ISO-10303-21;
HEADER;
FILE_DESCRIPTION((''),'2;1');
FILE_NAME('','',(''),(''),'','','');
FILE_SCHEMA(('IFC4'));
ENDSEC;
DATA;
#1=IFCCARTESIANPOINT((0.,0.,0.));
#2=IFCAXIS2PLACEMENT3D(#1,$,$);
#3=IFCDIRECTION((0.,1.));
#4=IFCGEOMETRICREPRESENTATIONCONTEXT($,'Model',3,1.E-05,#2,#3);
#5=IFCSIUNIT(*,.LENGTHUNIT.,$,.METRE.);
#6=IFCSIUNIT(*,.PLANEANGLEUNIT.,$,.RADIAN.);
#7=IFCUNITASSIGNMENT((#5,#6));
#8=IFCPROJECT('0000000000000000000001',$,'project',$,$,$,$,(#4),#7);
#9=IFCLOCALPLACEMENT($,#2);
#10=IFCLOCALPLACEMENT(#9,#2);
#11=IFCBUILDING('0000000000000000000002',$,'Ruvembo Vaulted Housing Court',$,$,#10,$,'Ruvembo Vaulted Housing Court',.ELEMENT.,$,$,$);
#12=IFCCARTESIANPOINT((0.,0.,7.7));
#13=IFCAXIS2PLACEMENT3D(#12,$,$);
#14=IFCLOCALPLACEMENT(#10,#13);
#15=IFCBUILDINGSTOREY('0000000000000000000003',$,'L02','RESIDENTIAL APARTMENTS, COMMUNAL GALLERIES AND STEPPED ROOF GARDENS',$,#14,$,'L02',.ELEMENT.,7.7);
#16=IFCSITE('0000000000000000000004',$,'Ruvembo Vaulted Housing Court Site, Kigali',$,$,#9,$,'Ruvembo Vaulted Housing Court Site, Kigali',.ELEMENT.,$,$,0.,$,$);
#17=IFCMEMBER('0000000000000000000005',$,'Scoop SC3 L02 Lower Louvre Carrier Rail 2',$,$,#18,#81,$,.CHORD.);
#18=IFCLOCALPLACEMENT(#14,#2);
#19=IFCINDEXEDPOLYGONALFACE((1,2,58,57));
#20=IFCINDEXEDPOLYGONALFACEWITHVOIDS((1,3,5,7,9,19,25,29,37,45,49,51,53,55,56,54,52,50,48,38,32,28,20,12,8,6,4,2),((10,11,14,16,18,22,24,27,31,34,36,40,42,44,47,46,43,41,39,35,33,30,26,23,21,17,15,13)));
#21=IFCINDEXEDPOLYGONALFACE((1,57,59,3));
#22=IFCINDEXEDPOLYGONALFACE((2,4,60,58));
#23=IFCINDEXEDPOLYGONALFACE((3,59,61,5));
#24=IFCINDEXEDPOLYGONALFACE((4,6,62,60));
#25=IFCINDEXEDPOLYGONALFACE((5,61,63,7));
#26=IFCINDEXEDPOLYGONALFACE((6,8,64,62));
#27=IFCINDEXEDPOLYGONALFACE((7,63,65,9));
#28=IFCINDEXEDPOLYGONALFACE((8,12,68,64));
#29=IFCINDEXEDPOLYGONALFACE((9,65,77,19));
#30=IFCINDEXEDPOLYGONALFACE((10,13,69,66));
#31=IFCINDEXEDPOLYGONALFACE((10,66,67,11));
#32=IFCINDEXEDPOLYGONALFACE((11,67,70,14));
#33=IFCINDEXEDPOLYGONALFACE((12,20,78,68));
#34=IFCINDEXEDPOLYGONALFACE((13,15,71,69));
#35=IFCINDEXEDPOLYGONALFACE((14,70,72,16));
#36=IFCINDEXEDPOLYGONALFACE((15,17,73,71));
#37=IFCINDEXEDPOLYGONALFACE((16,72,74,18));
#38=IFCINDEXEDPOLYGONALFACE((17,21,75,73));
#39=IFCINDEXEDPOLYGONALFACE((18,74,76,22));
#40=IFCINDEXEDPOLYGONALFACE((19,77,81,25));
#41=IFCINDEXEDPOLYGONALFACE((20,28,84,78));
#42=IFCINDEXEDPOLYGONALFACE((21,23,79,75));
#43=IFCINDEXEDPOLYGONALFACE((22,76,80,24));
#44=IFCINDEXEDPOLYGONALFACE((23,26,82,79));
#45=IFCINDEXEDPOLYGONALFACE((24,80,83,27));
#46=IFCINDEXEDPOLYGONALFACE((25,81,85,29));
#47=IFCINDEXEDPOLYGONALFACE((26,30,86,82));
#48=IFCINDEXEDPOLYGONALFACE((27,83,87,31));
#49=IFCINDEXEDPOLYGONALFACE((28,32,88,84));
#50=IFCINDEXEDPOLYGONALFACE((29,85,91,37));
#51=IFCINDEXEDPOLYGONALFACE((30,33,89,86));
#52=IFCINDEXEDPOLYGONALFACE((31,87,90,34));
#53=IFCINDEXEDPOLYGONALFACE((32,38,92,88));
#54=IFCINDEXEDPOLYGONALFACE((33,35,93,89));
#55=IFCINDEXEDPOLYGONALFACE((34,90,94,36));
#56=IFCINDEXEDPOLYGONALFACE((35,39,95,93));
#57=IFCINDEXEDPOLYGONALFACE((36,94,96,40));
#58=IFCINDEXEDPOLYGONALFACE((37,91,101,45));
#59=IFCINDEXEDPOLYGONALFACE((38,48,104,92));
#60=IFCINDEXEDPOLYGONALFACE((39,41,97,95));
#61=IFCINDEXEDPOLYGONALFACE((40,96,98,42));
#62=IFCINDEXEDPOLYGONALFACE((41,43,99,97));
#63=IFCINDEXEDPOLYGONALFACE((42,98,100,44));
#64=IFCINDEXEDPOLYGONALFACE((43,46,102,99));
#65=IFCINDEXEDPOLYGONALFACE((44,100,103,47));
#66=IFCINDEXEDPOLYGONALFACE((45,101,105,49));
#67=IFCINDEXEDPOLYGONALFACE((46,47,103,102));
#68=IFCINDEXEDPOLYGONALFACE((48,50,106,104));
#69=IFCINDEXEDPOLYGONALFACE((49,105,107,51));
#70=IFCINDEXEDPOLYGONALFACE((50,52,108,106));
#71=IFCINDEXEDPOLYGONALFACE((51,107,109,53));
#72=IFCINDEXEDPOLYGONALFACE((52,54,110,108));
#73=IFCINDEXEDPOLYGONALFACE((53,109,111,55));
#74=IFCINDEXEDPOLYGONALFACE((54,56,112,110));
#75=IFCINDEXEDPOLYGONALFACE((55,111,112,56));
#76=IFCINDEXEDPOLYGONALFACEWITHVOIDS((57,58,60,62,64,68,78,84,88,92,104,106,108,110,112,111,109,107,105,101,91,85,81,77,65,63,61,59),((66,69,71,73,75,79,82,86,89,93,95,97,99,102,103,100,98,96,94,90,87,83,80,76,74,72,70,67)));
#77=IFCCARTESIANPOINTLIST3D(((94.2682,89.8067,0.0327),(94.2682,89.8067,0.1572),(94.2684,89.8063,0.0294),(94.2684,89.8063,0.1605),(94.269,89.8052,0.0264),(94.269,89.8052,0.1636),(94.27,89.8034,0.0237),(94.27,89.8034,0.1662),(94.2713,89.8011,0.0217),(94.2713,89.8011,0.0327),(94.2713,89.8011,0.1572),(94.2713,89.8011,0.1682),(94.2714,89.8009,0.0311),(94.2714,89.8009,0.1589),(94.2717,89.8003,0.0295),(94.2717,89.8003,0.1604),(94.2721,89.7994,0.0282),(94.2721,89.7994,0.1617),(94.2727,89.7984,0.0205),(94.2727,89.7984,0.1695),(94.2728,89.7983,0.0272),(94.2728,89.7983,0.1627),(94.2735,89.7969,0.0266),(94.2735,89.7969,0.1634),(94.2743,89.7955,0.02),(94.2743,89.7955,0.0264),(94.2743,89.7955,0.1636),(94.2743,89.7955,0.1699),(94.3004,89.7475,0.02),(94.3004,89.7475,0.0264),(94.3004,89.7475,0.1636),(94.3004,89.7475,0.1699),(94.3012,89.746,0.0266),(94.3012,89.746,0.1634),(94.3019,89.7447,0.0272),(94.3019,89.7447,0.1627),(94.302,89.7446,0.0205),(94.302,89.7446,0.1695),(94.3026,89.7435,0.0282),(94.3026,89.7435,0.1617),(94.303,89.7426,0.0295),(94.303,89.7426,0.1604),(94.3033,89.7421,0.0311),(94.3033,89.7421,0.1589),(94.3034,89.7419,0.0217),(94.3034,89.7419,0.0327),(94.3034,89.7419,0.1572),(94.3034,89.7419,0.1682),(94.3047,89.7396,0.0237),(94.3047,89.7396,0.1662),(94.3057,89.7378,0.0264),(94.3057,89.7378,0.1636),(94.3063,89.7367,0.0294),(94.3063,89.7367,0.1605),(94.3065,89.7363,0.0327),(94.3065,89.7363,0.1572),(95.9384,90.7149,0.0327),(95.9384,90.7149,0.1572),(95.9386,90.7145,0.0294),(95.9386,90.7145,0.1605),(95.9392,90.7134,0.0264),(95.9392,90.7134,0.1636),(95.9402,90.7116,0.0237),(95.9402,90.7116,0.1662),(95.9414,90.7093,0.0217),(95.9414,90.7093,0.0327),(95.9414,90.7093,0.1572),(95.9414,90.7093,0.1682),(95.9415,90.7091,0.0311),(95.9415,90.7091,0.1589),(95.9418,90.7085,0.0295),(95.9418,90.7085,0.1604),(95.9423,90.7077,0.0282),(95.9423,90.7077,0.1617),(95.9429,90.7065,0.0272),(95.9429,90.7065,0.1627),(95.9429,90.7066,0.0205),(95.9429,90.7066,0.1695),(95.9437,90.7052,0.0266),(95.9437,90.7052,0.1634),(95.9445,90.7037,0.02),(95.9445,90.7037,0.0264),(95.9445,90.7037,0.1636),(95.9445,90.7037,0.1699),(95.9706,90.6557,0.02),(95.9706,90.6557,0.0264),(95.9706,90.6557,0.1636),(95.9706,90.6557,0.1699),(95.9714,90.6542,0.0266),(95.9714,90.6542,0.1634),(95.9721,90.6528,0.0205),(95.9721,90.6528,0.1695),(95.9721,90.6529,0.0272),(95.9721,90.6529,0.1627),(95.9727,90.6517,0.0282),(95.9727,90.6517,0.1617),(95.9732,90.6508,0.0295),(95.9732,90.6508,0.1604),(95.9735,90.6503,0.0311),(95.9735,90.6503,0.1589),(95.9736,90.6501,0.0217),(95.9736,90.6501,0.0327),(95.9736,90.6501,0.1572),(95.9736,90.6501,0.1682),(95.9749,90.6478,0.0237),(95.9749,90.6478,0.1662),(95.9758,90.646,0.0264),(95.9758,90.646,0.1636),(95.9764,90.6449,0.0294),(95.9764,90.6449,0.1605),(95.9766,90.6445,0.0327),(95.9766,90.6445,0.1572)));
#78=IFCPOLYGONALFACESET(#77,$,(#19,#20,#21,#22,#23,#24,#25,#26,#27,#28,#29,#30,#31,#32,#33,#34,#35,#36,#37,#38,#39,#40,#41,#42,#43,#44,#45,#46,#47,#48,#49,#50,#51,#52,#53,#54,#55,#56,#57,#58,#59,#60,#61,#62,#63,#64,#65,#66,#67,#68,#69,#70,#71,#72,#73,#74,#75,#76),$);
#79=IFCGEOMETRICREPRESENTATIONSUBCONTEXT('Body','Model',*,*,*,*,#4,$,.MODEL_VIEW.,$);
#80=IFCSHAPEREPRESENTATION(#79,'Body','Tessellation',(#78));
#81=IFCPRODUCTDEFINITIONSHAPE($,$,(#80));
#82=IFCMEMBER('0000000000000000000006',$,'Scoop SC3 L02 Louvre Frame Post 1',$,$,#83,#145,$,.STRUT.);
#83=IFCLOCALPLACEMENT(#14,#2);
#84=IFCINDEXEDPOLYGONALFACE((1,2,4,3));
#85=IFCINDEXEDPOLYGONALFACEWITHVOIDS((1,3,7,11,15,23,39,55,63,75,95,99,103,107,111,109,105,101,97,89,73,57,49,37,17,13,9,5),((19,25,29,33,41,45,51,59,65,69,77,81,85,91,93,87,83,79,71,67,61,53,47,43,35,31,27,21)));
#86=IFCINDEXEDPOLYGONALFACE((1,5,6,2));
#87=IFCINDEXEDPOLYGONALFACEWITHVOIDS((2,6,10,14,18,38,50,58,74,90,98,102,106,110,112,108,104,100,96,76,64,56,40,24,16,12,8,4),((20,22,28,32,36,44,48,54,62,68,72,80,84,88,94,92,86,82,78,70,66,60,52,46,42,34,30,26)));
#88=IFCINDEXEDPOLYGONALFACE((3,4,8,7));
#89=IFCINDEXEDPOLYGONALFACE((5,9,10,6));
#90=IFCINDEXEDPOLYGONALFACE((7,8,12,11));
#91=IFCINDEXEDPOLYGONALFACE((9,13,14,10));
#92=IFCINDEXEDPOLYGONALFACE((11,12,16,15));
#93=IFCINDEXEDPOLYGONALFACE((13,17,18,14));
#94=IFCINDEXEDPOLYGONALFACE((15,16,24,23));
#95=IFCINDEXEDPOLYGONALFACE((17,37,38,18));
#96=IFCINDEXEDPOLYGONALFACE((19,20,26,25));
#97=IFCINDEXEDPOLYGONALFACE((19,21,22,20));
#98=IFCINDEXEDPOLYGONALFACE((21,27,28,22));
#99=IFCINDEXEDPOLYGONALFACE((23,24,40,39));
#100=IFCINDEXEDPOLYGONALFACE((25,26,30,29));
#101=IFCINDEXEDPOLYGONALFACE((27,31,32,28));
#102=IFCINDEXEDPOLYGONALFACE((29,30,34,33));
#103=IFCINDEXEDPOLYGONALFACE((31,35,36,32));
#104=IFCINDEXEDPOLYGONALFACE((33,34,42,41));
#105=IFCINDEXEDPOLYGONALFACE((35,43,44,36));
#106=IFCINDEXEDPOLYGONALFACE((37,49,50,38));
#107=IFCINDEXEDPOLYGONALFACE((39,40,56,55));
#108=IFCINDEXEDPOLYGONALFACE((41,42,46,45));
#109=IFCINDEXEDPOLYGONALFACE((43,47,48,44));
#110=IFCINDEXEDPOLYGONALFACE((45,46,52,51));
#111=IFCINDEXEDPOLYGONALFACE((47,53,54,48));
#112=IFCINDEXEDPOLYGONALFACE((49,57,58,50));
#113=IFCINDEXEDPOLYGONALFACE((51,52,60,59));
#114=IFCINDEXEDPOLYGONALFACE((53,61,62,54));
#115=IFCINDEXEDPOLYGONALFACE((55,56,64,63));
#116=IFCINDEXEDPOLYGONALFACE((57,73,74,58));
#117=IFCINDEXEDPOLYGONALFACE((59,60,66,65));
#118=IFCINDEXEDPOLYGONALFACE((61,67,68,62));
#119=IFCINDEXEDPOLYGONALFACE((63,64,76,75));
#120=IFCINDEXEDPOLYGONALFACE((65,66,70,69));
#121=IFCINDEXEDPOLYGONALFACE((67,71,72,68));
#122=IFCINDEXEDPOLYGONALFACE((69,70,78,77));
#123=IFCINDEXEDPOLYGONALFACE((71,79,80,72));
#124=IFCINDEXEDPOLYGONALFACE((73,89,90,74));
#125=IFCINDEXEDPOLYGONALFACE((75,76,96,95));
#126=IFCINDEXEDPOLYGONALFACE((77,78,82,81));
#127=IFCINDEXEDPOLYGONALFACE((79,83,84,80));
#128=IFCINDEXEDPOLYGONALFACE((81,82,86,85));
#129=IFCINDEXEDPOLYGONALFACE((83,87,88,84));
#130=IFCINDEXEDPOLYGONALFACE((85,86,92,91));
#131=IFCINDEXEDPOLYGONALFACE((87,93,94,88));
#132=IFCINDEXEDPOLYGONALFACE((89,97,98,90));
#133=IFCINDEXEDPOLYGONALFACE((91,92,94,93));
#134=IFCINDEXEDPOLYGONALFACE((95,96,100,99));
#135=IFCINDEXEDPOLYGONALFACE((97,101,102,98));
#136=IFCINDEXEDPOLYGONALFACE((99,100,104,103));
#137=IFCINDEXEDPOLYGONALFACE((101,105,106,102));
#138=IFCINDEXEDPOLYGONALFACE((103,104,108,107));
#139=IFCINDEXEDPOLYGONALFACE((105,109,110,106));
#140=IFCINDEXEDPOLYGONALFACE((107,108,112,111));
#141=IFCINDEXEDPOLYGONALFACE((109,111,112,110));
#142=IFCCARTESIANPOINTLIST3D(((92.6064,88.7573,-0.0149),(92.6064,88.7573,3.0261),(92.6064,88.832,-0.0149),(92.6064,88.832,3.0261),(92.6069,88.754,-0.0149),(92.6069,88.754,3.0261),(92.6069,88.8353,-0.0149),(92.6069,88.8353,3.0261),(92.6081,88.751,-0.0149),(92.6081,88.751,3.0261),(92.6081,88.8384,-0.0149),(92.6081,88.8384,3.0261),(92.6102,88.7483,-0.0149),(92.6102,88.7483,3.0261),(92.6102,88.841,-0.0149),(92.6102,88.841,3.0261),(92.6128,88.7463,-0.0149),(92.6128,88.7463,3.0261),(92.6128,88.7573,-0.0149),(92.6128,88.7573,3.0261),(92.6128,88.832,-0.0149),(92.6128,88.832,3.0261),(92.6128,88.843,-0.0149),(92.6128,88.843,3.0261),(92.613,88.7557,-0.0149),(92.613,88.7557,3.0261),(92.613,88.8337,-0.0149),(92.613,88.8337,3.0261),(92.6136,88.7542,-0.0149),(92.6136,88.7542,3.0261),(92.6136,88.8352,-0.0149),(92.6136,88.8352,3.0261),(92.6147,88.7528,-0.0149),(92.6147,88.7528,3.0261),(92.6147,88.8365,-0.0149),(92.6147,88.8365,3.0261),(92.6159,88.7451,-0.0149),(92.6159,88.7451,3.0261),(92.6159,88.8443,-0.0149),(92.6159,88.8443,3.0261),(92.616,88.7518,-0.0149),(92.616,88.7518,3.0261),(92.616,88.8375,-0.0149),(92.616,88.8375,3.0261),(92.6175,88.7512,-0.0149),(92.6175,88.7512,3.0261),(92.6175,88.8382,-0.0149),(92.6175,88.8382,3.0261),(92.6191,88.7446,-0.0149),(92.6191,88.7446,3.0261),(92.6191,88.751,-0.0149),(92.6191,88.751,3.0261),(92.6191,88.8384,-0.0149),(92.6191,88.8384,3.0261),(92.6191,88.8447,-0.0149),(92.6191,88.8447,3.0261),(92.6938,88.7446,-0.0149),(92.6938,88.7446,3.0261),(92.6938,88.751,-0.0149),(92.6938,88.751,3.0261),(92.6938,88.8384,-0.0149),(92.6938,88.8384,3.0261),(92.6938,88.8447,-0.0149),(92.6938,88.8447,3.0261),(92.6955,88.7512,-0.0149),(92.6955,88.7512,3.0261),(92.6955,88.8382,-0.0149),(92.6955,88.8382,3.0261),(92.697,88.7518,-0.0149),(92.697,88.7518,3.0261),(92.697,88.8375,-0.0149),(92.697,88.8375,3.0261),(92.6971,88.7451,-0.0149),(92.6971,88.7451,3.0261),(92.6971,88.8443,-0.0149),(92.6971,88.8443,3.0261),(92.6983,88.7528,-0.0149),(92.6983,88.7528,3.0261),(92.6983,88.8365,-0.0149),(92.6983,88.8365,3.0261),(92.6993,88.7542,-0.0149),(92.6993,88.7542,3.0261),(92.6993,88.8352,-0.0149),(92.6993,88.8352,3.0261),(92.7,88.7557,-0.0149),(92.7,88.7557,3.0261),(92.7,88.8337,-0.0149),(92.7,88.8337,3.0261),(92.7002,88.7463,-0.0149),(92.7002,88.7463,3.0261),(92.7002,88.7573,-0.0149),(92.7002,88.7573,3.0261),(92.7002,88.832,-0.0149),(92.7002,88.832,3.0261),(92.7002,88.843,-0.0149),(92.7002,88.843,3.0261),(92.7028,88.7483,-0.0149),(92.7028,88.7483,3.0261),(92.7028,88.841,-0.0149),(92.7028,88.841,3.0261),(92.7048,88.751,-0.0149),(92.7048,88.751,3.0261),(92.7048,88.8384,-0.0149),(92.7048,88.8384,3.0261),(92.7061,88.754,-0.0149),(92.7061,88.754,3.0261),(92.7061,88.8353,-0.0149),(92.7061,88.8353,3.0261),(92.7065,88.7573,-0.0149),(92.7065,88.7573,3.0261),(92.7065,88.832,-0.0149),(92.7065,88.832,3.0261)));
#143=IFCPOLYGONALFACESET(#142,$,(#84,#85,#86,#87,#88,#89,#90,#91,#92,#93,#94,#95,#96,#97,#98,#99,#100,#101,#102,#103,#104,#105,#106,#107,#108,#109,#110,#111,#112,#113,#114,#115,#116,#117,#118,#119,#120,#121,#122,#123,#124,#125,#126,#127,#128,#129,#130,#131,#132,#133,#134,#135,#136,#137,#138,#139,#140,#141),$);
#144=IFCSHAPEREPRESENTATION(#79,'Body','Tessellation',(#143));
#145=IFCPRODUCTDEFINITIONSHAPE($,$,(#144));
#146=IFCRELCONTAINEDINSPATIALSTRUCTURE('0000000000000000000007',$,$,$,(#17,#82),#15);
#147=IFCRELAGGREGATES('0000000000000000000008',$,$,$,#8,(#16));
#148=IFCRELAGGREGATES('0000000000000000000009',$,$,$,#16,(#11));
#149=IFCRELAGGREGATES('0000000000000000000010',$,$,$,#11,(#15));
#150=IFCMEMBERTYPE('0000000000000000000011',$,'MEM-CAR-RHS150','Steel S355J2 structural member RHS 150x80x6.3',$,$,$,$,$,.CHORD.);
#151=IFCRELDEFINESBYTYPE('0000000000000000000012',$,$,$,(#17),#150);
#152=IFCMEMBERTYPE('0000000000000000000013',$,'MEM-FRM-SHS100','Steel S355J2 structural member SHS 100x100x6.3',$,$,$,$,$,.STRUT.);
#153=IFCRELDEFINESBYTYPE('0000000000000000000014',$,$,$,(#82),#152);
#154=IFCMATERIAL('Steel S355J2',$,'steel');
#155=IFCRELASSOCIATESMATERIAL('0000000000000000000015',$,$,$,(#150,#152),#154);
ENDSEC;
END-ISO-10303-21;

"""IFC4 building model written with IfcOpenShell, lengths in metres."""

from ifc_helpers import new_model, si_unit, direction, frame, origin, origin_2d, place, context, subcontext, project, spatial, hollow_rectangle, extrude, material, material_profile, profile_set, type_object, element, save


model = new_model("IFC4")

# Units and contexts
model_context = context("Model", 3, precision=1e-05, world=origin(), true_north=direction((0.0, 1.0)))
body_context = subcontext(model_context, "Body", "Model", "MODEL_VIEW")
ifc_project = project(units=[si_unit("LENGTHUNIT", "METRE"), si_unit("PLANEANGLEUNIT", "RADIAN")], contexts=[model_context])

# Site, building, storey
site_placement = place(None, origin())
site = spatial("IfcSite", under=ifc_project, at=site_placement, Name="Ruvembo Vaulted Housing Court Site, Kigali", LongName="Ruvembo Vaulted Housing Court Site, Kigali", CompositionType="ELEMENT", RefElevation=0.0)
building_placement = place(site_placement, origin())
building = spatial("IfcBuilding", under=site, at=building_placement, Name="Ruvembo Vaulted Housing Court", LongName="Ruvembo Vaulted Housing Court", CompositionType="ELEMENT")
storey_placement = place(building_placement, frame((0.0, 0.0, 7.7)))
storey = spatial("IfcBuildingStorey", under=building, at=storey_placement, Name="L02", Description="RESIDENTIAL APARTMENTS, COMMUNAL GALLERIES AND STEPPED ROOF GARDENS", LongName="L02", CompositionType="ELEMENT", Elevation=7.7)

# Shared definitions
ifc_material_1 = material(Name="Steel S355J2", Category="steel")

# Members
ifc_material_profile_1 = material_profile(ifc_material_1, hollow_rectangle(XDim=0.0801, YDim=0.1499, WallThickness=0.0063, InnerFilletRadius=0.0063, OuterFilletRadius=0.0127, at=origin_2d()), Name="RHS 150x80x6.3")
ifc_profile_set_1 = profile_set([ifc_material_profile_1], Name="Steel S355J2")
member_type_1 = type_object("IfcMemberType", Name="MEM-CAR-RHS150", Description="Steel S355J2 structural member RHS 150x80x6.3", PredefinedType="CHORD", material=ifc_profile_set_1)
for number, where, z_axis, x_axis, name in (
    (1, (94.2874, 89.7715, 0.095), (0.878513, 0.477718, 0.0), (-0.477718, 0.878513, 0.0), "Scoop SC3 L02 Lower Louvre Carrier Rail 2"),
):
    element("IfcMember", number, at=place(storey_placement, frame(where, z_axis=z_axis, x_axis=x_axis)), inside=storey, type_object=member_type_1, Name=name, PredefinedType="CHORD", context=body_context, shape_type="SweptSolid", body=[
        extrude(hollow_rectangle(XDim=0.0801, YDim=0.1499, WallThickness=0.0063, InnerFilletRadius=0.0063, OuterFilletRadius=0.0127, at=origin_2d()), origin(), (0.0, 0.0, 1.0), 1.9011),
    ])
ifc_material_profile_2 = material_profile(ifc_material_1, hollow_rectangle(XDim=0.1001, YDim=0.1001, WallThickness=0.0063, InnerFilletRadius=0.0063, OuterFilletRadius=0.0127, at=origin_2d()), Name="SHS 100x100x6.3")
ifc_profile_set_2 = profile_set([ifc_material_profile_2], Name="Steel S355J2")
member_type_2 = type_object("IfcMemberType", Name="MEM-FRM-SHS100", Description="Steel S355J2 structural member SHS 100x100x6.3", PredefinedType="STRUT", material=ifc_profile_set_2)
for number, where, z_axis, x_axis, name in (
    (2, (92.6565, 88.7947, -0.0149), (0.0, 0.0, 1.0), (1.0, 0.0, 0.0), "Scoop SC3 L02 Louvre Frame Post 1"),
):
    element("IfcMember", number, at=place(storey_placement, frame(where, z_axis=z_axis, x_axis=x_axis)), inside=storey, type_object=member_type_2, Name=name, PredefinedType="STRUT", context=body_context, shape_type="SweptSolid", body=[
        extrude(hollow_rectangle(XDim=0.1001, YDim=0.1001, WallThickness=0.0063, InnerFilletRadius=0.0063, OuterFilletRadius=0.0127, at=origin_2d()), origin(), (0.0, 0.0, 1.0), 3.041),
    ])

save(model, "model.ifc")
